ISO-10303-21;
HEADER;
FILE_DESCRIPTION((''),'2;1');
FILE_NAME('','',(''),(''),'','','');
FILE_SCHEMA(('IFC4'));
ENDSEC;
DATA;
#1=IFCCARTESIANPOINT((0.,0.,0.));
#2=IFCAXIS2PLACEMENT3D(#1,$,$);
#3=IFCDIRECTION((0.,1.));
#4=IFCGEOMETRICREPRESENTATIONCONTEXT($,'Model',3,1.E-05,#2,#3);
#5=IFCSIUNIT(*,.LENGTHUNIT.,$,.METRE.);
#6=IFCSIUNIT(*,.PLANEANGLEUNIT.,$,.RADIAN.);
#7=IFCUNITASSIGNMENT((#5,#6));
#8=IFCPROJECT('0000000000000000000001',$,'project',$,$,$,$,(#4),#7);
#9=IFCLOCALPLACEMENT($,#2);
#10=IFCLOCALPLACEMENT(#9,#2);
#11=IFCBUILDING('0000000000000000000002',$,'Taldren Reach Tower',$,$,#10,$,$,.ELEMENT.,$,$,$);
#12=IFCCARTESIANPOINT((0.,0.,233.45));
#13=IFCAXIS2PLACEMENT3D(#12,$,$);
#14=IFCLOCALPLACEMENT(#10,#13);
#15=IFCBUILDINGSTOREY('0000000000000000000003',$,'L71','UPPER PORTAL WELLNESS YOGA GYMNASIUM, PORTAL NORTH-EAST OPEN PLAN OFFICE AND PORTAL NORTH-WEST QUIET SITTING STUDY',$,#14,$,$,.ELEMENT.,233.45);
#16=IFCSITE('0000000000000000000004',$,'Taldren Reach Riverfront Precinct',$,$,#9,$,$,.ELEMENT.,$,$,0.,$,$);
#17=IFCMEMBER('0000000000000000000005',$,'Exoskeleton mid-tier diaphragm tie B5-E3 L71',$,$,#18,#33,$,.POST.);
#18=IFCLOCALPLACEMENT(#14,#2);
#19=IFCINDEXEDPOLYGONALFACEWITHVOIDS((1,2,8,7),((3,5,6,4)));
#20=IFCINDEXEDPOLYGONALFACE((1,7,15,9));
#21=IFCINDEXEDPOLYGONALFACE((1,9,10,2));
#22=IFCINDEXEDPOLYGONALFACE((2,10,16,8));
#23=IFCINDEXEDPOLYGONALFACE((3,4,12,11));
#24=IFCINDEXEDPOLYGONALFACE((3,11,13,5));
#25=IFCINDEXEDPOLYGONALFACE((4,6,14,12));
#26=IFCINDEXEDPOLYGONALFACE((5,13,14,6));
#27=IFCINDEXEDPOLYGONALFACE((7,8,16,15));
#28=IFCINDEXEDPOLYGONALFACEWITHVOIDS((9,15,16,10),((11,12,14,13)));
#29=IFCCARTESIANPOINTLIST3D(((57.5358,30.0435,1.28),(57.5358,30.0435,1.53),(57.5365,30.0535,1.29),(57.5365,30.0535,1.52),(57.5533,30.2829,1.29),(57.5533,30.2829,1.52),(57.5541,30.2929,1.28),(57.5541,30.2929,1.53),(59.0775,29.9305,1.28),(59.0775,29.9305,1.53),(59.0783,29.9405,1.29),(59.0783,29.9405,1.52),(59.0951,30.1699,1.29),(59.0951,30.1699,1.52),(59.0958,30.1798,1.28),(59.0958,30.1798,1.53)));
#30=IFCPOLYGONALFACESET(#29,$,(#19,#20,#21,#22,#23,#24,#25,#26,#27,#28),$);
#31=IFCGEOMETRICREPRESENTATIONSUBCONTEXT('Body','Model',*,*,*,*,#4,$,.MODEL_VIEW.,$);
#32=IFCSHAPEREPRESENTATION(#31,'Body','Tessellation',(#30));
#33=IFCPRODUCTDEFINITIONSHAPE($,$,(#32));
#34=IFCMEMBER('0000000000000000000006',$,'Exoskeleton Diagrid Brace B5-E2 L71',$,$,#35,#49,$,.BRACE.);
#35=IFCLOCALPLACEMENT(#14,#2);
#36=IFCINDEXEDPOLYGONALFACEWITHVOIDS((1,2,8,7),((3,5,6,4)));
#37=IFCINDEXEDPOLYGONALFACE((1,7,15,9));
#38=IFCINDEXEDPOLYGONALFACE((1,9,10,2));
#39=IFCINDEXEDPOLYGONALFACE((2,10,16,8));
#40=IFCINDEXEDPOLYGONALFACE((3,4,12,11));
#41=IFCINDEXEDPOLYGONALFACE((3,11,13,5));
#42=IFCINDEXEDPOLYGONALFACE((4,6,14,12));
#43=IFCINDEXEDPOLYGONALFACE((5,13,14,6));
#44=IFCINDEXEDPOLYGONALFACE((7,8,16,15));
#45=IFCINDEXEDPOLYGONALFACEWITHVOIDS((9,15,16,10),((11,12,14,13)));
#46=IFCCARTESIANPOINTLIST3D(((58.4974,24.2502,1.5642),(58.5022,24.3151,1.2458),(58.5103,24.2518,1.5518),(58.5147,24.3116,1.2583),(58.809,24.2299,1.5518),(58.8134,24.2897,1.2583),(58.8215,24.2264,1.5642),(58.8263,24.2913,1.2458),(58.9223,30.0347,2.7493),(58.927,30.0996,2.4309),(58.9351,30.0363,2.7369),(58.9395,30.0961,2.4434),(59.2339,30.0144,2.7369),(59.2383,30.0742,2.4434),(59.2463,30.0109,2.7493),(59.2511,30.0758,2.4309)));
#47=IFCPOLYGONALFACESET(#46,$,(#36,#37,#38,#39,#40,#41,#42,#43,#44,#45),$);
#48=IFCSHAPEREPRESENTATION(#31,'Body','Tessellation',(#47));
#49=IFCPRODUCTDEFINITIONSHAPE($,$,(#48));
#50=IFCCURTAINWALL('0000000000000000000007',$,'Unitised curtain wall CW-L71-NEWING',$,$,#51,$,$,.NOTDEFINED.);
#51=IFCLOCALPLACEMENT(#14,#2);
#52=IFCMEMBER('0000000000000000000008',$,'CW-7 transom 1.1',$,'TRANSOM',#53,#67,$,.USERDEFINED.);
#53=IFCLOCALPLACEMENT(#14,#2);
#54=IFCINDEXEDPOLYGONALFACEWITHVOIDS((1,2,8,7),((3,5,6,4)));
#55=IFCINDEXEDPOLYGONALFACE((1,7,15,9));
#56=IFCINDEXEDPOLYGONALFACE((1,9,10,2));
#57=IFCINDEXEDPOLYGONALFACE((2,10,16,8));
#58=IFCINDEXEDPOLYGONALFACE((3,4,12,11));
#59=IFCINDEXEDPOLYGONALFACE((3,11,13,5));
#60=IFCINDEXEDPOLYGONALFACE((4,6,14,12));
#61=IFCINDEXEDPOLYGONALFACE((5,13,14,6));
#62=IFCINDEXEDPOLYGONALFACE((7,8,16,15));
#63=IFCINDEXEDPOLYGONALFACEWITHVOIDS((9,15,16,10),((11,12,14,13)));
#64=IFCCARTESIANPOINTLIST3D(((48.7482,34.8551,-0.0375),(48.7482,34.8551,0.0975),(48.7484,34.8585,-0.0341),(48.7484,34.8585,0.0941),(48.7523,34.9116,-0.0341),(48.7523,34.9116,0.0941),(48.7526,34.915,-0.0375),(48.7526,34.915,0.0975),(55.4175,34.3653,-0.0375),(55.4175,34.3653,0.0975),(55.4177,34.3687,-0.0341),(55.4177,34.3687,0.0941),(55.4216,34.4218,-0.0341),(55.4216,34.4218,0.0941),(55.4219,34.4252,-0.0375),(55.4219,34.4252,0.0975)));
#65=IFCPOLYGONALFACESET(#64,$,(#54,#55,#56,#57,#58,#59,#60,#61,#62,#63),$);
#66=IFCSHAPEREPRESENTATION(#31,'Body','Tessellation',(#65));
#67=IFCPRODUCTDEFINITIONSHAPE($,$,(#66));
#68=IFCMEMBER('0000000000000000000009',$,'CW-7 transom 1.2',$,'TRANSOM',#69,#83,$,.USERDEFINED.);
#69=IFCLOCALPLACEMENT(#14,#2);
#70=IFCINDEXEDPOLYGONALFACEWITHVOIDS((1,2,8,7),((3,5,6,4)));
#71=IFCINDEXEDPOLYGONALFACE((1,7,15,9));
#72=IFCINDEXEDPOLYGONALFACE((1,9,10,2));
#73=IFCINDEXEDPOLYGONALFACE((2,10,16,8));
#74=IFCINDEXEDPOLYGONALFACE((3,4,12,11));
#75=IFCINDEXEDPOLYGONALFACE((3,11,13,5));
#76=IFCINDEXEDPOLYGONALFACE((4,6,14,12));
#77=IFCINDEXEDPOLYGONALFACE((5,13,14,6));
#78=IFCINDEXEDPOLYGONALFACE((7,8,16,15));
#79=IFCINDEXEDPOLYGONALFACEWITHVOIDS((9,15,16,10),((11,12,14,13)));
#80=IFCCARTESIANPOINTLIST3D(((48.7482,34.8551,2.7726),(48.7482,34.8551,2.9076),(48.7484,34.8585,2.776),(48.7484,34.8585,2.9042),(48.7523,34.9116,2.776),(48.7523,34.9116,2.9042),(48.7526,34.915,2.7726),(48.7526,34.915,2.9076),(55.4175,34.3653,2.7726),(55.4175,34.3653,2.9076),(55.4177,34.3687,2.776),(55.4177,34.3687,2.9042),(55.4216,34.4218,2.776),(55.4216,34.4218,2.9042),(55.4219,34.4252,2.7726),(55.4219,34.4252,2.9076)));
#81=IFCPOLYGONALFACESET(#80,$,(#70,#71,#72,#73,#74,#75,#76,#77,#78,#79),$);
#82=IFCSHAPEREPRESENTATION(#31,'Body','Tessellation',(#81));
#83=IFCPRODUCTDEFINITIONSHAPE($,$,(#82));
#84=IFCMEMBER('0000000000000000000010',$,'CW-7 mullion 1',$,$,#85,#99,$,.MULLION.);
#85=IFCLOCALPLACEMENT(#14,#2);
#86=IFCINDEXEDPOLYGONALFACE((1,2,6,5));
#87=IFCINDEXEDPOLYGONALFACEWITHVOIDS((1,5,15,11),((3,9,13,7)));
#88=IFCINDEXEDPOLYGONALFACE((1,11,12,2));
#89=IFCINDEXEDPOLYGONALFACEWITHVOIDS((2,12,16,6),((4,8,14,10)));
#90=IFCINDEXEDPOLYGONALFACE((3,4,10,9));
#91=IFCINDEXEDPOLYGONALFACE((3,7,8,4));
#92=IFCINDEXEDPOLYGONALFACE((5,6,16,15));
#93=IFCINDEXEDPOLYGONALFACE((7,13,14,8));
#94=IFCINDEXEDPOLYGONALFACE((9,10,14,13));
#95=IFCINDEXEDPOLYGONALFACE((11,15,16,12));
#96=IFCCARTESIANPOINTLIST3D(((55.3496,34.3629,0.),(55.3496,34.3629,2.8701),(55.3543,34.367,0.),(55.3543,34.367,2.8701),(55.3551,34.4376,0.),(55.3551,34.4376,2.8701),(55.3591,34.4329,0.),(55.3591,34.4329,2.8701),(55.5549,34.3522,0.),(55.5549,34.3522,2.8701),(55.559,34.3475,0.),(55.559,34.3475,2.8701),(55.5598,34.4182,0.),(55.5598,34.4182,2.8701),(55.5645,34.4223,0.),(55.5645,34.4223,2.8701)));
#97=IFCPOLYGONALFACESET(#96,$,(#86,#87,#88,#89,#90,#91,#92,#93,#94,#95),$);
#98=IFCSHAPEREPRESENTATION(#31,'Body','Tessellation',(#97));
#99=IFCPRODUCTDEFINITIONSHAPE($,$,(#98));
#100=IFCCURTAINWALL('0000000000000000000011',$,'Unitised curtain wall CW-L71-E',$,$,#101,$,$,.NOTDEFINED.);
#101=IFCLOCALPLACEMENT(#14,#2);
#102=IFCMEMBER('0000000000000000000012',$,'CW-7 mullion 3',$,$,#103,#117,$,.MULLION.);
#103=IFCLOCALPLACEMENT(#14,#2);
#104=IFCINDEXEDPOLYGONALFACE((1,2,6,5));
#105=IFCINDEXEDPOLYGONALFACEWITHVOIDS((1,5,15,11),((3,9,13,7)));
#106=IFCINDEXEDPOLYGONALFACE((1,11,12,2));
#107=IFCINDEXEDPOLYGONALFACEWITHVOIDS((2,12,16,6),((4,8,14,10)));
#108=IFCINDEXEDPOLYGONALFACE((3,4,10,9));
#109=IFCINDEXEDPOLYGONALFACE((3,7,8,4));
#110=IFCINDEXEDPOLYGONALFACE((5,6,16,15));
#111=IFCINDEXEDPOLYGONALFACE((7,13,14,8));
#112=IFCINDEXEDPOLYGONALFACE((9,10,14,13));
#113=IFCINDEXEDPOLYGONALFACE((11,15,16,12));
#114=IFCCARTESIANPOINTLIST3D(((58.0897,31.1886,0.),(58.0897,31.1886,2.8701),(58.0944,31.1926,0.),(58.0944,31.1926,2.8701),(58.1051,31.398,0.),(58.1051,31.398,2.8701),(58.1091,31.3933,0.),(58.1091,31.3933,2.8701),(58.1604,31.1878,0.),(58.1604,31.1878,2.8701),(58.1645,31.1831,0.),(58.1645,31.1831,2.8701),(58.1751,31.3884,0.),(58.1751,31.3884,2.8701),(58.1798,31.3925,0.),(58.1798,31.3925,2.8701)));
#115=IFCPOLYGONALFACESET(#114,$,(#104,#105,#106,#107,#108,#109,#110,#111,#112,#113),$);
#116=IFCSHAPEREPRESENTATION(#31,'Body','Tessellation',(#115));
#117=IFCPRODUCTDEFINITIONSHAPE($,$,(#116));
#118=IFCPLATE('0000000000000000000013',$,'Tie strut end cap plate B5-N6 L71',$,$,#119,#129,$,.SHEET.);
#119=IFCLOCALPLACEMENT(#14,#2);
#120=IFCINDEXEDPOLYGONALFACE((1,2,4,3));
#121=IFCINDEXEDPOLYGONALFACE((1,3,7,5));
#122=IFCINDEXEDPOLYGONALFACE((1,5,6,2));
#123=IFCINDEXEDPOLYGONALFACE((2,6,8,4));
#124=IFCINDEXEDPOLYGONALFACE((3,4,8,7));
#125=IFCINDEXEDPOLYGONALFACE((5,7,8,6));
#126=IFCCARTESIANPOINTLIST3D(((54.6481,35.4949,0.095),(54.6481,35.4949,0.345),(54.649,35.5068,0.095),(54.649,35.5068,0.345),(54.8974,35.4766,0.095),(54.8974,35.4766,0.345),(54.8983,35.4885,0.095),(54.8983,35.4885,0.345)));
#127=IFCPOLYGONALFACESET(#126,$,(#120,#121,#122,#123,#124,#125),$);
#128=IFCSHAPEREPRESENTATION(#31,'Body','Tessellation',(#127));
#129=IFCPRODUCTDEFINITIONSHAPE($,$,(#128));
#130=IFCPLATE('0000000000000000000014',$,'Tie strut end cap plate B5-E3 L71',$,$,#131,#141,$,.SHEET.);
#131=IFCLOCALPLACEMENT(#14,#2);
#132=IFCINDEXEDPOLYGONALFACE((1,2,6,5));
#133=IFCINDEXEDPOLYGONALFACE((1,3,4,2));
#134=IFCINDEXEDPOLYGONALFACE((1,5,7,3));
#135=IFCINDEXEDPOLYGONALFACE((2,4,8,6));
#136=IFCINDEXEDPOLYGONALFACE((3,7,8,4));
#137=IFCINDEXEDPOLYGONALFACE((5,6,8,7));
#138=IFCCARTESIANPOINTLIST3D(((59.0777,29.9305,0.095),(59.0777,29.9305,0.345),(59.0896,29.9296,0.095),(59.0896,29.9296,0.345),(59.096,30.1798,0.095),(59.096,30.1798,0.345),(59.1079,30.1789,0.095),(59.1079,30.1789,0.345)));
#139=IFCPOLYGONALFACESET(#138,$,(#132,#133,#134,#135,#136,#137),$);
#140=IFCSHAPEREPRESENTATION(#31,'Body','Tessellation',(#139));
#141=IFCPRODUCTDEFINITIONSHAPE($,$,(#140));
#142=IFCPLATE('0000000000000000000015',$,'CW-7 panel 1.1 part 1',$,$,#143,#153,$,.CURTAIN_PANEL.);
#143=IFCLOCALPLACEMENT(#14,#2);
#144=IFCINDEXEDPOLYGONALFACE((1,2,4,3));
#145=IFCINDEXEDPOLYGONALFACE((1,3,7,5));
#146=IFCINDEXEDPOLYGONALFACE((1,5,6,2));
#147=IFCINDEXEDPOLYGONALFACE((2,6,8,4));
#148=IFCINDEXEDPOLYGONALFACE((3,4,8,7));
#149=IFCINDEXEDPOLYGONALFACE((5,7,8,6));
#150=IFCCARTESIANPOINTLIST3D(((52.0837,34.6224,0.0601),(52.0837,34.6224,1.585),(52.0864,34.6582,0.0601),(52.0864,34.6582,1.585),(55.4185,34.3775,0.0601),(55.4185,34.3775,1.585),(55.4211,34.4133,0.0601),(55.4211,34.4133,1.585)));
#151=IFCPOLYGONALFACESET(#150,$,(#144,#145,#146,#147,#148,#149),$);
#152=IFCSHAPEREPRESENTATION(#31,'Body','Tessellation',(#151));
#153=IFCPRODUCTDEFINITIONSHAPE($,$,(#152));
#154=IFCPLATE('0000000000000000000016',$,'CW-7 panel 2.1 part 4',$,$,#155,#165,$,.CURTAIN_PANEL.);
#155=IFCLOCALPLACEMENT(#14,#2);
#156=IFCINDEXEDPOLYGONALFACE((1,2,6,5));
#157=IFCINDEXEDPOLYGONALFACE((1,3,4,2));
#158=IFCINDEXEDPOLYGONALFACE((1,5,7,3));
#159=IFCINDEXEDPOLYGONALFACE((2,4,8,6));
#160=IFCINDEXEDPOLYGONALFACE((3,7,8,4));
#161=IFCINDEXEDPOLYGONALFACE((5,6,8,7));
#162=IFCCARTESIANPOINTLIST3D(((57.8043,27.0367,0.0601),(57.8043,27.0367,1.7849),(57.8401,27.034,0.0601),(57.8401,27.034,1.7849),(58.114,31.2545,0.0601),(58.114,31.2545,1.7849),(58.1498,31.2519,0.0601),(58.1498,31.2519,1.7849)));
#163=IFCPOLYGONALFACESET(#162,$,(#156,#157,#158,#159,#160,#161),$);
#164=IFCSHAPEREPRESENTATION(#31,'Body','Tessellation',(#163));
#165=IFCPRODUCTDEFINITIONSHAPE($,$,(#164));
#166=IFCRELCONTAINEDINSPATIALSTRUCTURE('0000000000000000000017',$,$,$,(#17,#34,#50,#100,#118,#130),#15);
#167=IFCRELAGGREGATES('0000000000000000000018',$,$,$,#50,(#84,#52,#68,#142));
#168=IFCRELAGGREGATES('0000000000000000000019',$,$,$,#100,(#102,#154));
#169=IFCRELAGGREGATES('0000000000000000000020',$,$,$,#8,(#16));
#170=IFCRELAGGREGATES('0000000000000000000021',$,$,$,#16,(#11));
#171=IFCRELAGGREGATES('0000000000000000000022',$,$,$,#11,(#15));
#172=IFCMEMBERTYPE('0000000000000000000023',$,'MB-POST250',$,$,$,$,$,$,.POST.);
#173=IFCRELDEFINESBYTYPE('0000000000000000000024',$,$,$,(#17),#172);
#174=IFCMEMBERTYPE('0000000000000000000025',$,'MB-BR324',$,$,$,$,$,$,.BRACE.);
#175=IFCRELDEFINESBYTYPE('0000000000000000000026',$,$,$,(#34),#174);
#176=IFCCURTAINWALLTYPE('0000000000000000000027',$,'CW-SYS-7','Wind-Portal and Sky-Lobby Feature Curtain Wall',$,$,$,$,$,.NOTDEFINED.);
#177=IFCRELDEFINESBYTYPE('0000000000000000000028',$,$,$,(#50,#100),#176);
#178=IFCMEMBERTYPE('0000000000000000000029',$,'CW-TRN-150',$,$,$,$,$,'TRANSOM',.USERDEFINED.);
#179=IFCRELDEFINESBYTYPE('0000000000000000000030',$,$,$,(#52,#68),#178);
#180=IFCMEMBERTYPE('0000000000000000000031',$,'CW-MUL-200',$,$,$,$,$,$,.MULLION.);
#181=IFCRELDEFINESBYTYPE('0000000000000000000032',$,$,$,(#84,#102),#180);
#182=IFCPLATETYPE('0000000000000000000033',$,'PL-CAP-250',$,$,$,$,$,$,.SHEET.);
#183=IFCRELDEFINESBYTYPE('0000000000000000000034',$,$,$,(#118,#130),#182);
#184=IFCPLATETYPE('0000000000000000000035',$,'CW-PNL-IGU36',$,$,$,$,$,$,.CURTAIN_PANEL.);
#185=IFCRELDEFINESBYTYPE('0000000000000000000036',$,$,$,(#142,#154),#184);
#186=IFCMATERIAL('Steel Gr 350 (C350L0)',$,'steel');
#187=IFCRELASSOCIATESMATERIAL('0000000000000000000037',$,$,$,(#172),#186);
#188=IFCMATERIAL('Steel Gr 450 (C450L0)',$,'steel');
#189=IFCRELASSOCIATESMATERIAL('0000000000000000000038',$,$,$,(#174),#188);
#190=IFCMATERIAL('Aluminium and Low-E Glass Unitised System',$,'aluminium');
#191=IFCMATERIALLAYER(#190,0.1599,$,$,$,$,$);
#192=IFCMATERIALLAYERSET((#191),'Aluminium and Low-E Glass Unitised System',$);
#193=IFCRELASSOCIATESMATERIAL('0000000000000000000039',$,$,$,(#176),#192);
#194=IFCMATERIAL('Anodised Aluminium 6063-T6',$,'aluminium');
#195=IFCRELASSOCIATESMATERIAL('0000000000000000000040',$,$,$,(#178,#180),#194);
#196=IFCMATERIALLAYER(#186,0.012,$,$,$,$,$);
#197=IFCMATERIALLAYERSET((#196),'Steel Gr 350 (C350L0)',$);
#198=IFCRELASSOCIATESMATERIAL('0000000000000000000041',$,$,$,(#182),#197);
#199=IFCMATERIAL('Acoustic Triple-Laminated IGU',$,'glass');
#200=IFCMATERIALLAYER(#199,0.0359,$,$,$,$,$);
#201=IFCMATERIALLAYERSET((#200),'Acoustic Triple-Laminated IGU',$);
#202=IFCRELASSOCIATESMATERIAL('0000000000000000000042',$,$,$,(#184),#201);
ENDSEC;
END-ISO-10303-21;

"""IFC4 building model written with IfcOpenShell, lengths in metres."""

from ifc_helpers import new_model, si_unit, direction, frame, origin, origin_2d, place, context, subcontext, project, spatial, rectangle, hollow_rectangle, extrude, source, transform, mapped, material, layer, layer_set, material_profile, profile_set, type_object, element, aggregate, save


model = new_model("IFC4")

# Units and contexts
model_context = context("Model", 3, precision=1e-05, world=origin(), true_north=direction((0.0, 1.0)))
body_context = subcontext(model_context, "Body", "Model", "MODEL_VIEW")
ifc_project = project(units=[si_unit("LENGTHUNIT", "METRE"), si_unit("PLANEANGLEUNIT", "RADIAN")], contexts=[model_context])

# Site, building, storey
site_placement = place(None, origin())
site = spatial("IfcSite", under=ifc_project, at=site_placement, Name="Taldren Reach Riverfront Precinct", CompositionType="ELEMENT", RefElevation=0.0)
building_placement = place(site_placement, origin())
building = spatial("IfcBuilding", under=site, at=building_placement, Name="Taldren Reach Tower", CompositionType="ELEMENT")
storey_placement = place(building_placement, frame((0.0, 0.0, 233.45)))
storey = spatial("IfcBuildingStorey", under=building, at=storey_placement, Name="L71", Description="UPPER PORTAL WELLNESS YOGA GYMNASIUM, PORTAL NORTH-EAST OPEN PLAN OFFICE AND PORTAL NORTH-WEST QUIET SITTING STUDY", CompositionType="ELEMENT", Elevation=233.45)

# Shared definitions
ifc_material_1 = material(Name="Steel Gr 350 (C350L0)", Category="steel")

# Shared definitions
ifc_material_profile_1 = material_profile(ifc_material_1, hollow_rectangle(XDim=0.25, YDim=0.25, WallThickness=0.01, at=origin_2d()), Name="250x250x10.0SHS")
ifc_profile_set_1 = profile_set([ifc_material_profile_1], Name="Steel Gr 350 (C350L0)")
member_type_1 = type_object("IfcMemberType", Name="MB-POST250", PredefinedType="POST", material=ifc_profile_set_1)
ifc_material_2 = material(Name="Steel Gr 450 (C450L0)", Category="steel")

# Members
shared_shape_1 = source(origin(), body_context, "Body", "SweptSolid", [
    extrude(hollow_rectangle(XDim=0.25, YDim=0.25, WallThickness=0.01, at=origin_2d()), origin(), (0.0, 0.0, 1.0), 1.5459),
])
for number, where, z_axis, x_axis, name in (
    (1, (57.5449, 30.1682, 1.405), (0.997323, -0.073121, 0.0), (0.073121, 0.997323, 0.0), "Exoskeleton mid-tier diaphragm tie B5-E3 L71"),
):
    element("IfcMember", number, at=place(storey_placement, frame(where, z_axis=z_axis, x_axis=x_axis)), inside=storey, type_object=member_type_1, Name=name, PredefinedType="POST", context=body_context, shape_type="MappedRepresentation", body=[
        mapped(shared_shape_1, transform((0.0, 0.0, 0.0), scale=1.0)),
    ])
ifc_material_profile_2 = material_profile(ifc_material_2, hollow_rectangle(XDim=0.325, YDim=0.325, WallThickness=0.0127, at=origin_2d()), Name="325x325x12.7SHS")
ifc_profile_set_2 = profile_set([ifc_material_profile_2], Name="Steel Gr 450 (C450L0)")
member_type_2 = type_object("IfcMemberType", Name="MB-BR324", PredefinedType="BRACE", material=ifc_profile_set_2)
shared_shape_2 = source(origin(), body_context, "Body", "SweptSolid", [
    extrude(hollow_rectangle(XDim=0.325, YDim=0.325, WallThickness=0.0127, at=origin_2d()), origin(), (0.0, 0.0, 1.0), 5.9199),
])
member_1_placement = place(storey_placement, frame((58.6619, 24.2708, 1.405), z_axis=(0.07176, 0.977127, 0.200185), x_axis=(-0.997314, 0.073242, 0.0)))
element("IfcMember", 2, at=member_1_placement, inside=storey, type_object=member_type_2, Name="Exoskeleton Diagrid Brace B5-E2 L71", PredefinedType="BRACE", context=body_context, shape_type="MappedRepresentation", body=[
    mapped(shared_shape_2, transform((0.0, 0.0, 0.0), scale=1.0)),
])

# Curtain wall, members
ifc_material_3 = material(Name="Aluminium and Low-E Glass Unitised System", Category="aluminium")
ifc_layer_1 = layer(ifc_material_3, 0.1599)
ifc_layer_set_1 = layer_set([ifc_layer_1], Name="Aluminium and Low-E Glass Unitised System")
curtain_wall_type = type_object("IfcCurtainWallType", Name="CW-SYS-7", Description="Wind-Portal and Sky-Lobby Feature Curtain Wall", PredefinedType="NOTDEFINED", material=ifc_layer_set_1)
curtain_wall_1_placement = place(storey_placement, origin())
curtain_wall_1 = element("IfcCurtainWall", 3, at=curtain_wall_1_placement, inside=storey, type_object=curtain_wall_type, Name="Unitised curtain wall CW-L71-NEWING", PredefinedType="NOTDEFINED")
ifc_material_4 = material(Name="Anodised Aluminium 6063-T6", Category="aluminium")
ifc_material_profile_3 = material_profile(ifc_material_4, hollow_rectangle(XDim=0.0601, YDim=0.135, WallThickness=0.0034, at=origin_2d()), Name="ALU-135x60x3.5RHS")
ifc_profile_set_3 = profile_set([ifc_material_profile_3], Name="Anodised Aluminium 6063-T6")
member_type_3 = type_object("IfcMemberType", Name="CW-TRN-150", ElementType="TRANSOM", PredefinedType="USERDEFINED", material=ifc_profile_set_3)
shared_shape_3 = source(origin(), body_context, "Body", "SweptSolid", [
    extrude(hollow_rectangle(XDim=0.0601, YDim=0.135, WallThickness=0.0034, at=origin_2d()), origin(), (0.0, 0.0, 1.0), 6.6873),
])
member_2_placement = place(storey_placement, frame((55.4197, 34.3953, 0.03), z_axis=(-0.997315, 0.073237, 0.0), x_axis=(-0.073237, -0.997315, 0.0)))
member_2 = element("IfcMember", 4, at=member_2_placement, type_object=member_type_3, Name="CW-7 transom 1.1", ObjectType="TRANSOM", PredefinedType="USERDEFINED", context=body_context, shape_type="MappedRepresentation", body=[
    mapped(shared_shape_3, transform((0.0, 0.0, 0.0), scale=1.0)),
])
member_3_placement = place(storey_placement, frame((55.4197, 34.3953, 2.8401), z_axis=(-0.997315, 0.073237, 0.0), x_axis=(-0.073237, -0.997315, 0.0)))
member_3 = element("IfcMember", 5, at=member_3_placement, type_object=member_type_3, Name="CW-7 transom 1.2", ObjectType="TRANSOM", PredefinedType="USERDEFINED", context=body_context, shape_type="MappedRepresentation", body=[
    mapped(shared_shape_3, transform((0.0, 0.0, 0.0), scale=1.0)),
])
ifc_material_profile_4 = material_profile(ifc_material_4, hollow_rectangle(XDim=0.075, YDim=0.21, WallThickness=0.0044, at=origin_2d()), Name="ALU-210x75x4.5RHS")
ifc_profile_set_4 = profile_set([ifc_material_profile_4], Name="Anodised Aluminium 6063-T6")
member_type_4 = type_object("IfcMemberType", Name="CW-MUL-200", PredefinedType="MULLION", material=ifc_profile_set_4)
shared_shape_4 = source(origin(), body_context, "Body", "SweptSolid", [
    extrude(hollow_rectangle(XDim=0.075, YDim=0.21, WallThickness=0.0044, at=origin_2d()), origin(), (0.0, 0.0, 1.0), 2.8701),
])
member_4_placement = place(storey_placement, frame((55.457, 34.3926, 0.0), z_axis=(0.0, 0.0, 1.0), x_axis=(-0.073238, -0.997314, 0.0)))
member_4 = element("IfcMember", 6, at=member_4_placement, type_object=member_type_4, Name="CW-7 mullion 1", PredefinedType="MULLION", context=body_context, shape_type="MappedRepresentation", body=[
    mapped(shared_shape_4, transform((0.0, 0.0, 0.0), scale=1.0)),
])

# Curtain wall, member
curtain_wall_2_placement = place(storey_placement, origin())
curtain_wall_2 = element("IfcCurtainWall", 7, at=curtain_wall_2_placement, inside=storey, type_object=curtain_wall_type, Name="Unitised curtain wall CW-L71-E", PredefinedType="NOTDEFINED")
member_5_placement = place(storey_placement, frame((58.1348, 31.2905, 0.0), z_axis=(0.0, 0.0, 1.0), x_axis=(-0.997314, 0.073238, 0.0)))
member_5 = element("IfcMember", 8, at=member_5_placement, type_object=member_type_4, Name="CW-7 mullion 3", PredefinedType="MULLION", context=body_context, shape_type="MappedRepresentation", body=[
    mapped(shared_shape_4, transform((0.0, 0.0, 0.0), scale=1.0)),
])

# Plates
ifc_layer_2 = layer(ifc_material_1, 0.012)
ifc_layer_set_2 = layer_set([ifc_layer_2], Name="Steel Gr 350 (C350L0)")
plate_type_1 = type_object("IfcPlateType", Name="PL-CAP-250", PredefinedType="SHEET", material=ifc_layer_set_2)
shared_shape_5 = source(origin(), body_context, "Body", "SweptSolid", [
    extrude(rectangle(XDim=0.25, YDim=0.012, at=origin_2d()), origin(), (0.0, 0.0, 1.0), 0.25),
])
plate_1_placement = place(storey_placement, frame((54.7732, 35.4917, 0.095), z_axis=(0.0, 0.0, 1.0), x_axis=(0.997314, -0.073238, 0.0)))
element("IfcPlate", 9, at=plate_1_placement, inside=storey, type_object=plate_type_1, Name="Tie strut end cap plate B5-N6 L71", PredefinedType="SHEET", context=body_context, shape_type="MappedRepresentation", body=[
    mapped(shared_shape_5, transform((0.0, 0.0, 0.0), scale=1.0)),
])
shared_shape_6 = source(origin(), body_context, "Body", "SweptSolid", [
    extrude(rectangle(XDim=0.012, YDim=0.25, at=origin_2d()), origin(), (0.0, 0.0, 1.0), 0.25),
])
plate_2_placement = place(storey_placement, frame((59.0928, 30.0547, 0.095), z_axis=(0.0, 0.0, 1.0), x_axis=(0.997314, -0.073238, 0.0)))
element("IfcPlate", 10, at=plate_2_placement, inside=storey, type_object=plate_type_1, Name="Tie strut end cap plate B5-E3 L71", PredefinedType="SHEET", context=body_context, shape_type="MappedRepresentation", body=[
    mapped(shared_shape_6, transform((0.0, 0.0, 0.0), scale=1.0)),
])

# Plates
ifc_material_5 = material(Name="Acoustic Triple-Laminated IGU", Category="glass")
ifc_layer_3 = layer(ifc_material_5, 0.0359)
ifc_layer_set_3 = layer_set([ifc_layer_3], Name="Acoustic Triple-Laminated IGU")
plate_type_2 = type_object("IfcPlateType", Name="CW-PNL-IGU36", PredefinedType="CURTAIN_PANEL", material=ifc_layer_set_3)
shared_shape_7 = source(origin(), body_context, "Body", "SweptSolid", [
    extrude(rectangle(XDim=3.3438, YDim=0.0359, at=origin_2d()), origin(), (0.0, 0.0, 1.0), 1.5249),
])
plate_3_placement = place(storey_placement, frame((53.7524, 34.5178, 0.0601), z_axis=(0.0, 0.0, 1.0), x_axis=(-0.997314, 0.073238, 0.0)))
plate_3 = element("IfcPlate", 11, at=plate_3_placement, type_object=plate_type_2, Name="CW-7 panel 1.1 part 1", PredefinedType="CURTAIN_PANEL", context=body_context, shape_type="MappedRepresentation", body=[
    mapped(shared_shape_7, transform((0.0, 0.0, 0.0), scale=1.0)),
])
aggregate(curtain_wall_1, [member_4, member_2, member_3, plate_3])
shared_shape_8 = source(origin(), body_context, "Body", "SweptSolid", [
    extrude(rectangle(XDim=4.2292, YDim=0.0359, at=origin_2d()), origin(), (0.0, 0.0, 1.0), 1.7249),
])
plate_4_placement = place(storey_placement, frame((57.9771, 29.1443, 0.0601), z_axis=(0.0, 0.0, 1.0), x_axis=(0.073238, 0.997314, 0.0)))
plate_4 = element("IfcPlate", 12, at=plate_4_placement, type_object=plate_type_2, Name="CW-7 panel 2.1 part 4", PredefinedType="CURTAIN_PANEL", context=body_context, shape_type="MappedRepresentation", body=[
    mapped(shared_shape_8, transform((0.0, 0.0, 0.0), scale=1.0)),
])
aggregate(curtain_wall_2, [member_5, plate_4])

save(model, "model.ifc")
